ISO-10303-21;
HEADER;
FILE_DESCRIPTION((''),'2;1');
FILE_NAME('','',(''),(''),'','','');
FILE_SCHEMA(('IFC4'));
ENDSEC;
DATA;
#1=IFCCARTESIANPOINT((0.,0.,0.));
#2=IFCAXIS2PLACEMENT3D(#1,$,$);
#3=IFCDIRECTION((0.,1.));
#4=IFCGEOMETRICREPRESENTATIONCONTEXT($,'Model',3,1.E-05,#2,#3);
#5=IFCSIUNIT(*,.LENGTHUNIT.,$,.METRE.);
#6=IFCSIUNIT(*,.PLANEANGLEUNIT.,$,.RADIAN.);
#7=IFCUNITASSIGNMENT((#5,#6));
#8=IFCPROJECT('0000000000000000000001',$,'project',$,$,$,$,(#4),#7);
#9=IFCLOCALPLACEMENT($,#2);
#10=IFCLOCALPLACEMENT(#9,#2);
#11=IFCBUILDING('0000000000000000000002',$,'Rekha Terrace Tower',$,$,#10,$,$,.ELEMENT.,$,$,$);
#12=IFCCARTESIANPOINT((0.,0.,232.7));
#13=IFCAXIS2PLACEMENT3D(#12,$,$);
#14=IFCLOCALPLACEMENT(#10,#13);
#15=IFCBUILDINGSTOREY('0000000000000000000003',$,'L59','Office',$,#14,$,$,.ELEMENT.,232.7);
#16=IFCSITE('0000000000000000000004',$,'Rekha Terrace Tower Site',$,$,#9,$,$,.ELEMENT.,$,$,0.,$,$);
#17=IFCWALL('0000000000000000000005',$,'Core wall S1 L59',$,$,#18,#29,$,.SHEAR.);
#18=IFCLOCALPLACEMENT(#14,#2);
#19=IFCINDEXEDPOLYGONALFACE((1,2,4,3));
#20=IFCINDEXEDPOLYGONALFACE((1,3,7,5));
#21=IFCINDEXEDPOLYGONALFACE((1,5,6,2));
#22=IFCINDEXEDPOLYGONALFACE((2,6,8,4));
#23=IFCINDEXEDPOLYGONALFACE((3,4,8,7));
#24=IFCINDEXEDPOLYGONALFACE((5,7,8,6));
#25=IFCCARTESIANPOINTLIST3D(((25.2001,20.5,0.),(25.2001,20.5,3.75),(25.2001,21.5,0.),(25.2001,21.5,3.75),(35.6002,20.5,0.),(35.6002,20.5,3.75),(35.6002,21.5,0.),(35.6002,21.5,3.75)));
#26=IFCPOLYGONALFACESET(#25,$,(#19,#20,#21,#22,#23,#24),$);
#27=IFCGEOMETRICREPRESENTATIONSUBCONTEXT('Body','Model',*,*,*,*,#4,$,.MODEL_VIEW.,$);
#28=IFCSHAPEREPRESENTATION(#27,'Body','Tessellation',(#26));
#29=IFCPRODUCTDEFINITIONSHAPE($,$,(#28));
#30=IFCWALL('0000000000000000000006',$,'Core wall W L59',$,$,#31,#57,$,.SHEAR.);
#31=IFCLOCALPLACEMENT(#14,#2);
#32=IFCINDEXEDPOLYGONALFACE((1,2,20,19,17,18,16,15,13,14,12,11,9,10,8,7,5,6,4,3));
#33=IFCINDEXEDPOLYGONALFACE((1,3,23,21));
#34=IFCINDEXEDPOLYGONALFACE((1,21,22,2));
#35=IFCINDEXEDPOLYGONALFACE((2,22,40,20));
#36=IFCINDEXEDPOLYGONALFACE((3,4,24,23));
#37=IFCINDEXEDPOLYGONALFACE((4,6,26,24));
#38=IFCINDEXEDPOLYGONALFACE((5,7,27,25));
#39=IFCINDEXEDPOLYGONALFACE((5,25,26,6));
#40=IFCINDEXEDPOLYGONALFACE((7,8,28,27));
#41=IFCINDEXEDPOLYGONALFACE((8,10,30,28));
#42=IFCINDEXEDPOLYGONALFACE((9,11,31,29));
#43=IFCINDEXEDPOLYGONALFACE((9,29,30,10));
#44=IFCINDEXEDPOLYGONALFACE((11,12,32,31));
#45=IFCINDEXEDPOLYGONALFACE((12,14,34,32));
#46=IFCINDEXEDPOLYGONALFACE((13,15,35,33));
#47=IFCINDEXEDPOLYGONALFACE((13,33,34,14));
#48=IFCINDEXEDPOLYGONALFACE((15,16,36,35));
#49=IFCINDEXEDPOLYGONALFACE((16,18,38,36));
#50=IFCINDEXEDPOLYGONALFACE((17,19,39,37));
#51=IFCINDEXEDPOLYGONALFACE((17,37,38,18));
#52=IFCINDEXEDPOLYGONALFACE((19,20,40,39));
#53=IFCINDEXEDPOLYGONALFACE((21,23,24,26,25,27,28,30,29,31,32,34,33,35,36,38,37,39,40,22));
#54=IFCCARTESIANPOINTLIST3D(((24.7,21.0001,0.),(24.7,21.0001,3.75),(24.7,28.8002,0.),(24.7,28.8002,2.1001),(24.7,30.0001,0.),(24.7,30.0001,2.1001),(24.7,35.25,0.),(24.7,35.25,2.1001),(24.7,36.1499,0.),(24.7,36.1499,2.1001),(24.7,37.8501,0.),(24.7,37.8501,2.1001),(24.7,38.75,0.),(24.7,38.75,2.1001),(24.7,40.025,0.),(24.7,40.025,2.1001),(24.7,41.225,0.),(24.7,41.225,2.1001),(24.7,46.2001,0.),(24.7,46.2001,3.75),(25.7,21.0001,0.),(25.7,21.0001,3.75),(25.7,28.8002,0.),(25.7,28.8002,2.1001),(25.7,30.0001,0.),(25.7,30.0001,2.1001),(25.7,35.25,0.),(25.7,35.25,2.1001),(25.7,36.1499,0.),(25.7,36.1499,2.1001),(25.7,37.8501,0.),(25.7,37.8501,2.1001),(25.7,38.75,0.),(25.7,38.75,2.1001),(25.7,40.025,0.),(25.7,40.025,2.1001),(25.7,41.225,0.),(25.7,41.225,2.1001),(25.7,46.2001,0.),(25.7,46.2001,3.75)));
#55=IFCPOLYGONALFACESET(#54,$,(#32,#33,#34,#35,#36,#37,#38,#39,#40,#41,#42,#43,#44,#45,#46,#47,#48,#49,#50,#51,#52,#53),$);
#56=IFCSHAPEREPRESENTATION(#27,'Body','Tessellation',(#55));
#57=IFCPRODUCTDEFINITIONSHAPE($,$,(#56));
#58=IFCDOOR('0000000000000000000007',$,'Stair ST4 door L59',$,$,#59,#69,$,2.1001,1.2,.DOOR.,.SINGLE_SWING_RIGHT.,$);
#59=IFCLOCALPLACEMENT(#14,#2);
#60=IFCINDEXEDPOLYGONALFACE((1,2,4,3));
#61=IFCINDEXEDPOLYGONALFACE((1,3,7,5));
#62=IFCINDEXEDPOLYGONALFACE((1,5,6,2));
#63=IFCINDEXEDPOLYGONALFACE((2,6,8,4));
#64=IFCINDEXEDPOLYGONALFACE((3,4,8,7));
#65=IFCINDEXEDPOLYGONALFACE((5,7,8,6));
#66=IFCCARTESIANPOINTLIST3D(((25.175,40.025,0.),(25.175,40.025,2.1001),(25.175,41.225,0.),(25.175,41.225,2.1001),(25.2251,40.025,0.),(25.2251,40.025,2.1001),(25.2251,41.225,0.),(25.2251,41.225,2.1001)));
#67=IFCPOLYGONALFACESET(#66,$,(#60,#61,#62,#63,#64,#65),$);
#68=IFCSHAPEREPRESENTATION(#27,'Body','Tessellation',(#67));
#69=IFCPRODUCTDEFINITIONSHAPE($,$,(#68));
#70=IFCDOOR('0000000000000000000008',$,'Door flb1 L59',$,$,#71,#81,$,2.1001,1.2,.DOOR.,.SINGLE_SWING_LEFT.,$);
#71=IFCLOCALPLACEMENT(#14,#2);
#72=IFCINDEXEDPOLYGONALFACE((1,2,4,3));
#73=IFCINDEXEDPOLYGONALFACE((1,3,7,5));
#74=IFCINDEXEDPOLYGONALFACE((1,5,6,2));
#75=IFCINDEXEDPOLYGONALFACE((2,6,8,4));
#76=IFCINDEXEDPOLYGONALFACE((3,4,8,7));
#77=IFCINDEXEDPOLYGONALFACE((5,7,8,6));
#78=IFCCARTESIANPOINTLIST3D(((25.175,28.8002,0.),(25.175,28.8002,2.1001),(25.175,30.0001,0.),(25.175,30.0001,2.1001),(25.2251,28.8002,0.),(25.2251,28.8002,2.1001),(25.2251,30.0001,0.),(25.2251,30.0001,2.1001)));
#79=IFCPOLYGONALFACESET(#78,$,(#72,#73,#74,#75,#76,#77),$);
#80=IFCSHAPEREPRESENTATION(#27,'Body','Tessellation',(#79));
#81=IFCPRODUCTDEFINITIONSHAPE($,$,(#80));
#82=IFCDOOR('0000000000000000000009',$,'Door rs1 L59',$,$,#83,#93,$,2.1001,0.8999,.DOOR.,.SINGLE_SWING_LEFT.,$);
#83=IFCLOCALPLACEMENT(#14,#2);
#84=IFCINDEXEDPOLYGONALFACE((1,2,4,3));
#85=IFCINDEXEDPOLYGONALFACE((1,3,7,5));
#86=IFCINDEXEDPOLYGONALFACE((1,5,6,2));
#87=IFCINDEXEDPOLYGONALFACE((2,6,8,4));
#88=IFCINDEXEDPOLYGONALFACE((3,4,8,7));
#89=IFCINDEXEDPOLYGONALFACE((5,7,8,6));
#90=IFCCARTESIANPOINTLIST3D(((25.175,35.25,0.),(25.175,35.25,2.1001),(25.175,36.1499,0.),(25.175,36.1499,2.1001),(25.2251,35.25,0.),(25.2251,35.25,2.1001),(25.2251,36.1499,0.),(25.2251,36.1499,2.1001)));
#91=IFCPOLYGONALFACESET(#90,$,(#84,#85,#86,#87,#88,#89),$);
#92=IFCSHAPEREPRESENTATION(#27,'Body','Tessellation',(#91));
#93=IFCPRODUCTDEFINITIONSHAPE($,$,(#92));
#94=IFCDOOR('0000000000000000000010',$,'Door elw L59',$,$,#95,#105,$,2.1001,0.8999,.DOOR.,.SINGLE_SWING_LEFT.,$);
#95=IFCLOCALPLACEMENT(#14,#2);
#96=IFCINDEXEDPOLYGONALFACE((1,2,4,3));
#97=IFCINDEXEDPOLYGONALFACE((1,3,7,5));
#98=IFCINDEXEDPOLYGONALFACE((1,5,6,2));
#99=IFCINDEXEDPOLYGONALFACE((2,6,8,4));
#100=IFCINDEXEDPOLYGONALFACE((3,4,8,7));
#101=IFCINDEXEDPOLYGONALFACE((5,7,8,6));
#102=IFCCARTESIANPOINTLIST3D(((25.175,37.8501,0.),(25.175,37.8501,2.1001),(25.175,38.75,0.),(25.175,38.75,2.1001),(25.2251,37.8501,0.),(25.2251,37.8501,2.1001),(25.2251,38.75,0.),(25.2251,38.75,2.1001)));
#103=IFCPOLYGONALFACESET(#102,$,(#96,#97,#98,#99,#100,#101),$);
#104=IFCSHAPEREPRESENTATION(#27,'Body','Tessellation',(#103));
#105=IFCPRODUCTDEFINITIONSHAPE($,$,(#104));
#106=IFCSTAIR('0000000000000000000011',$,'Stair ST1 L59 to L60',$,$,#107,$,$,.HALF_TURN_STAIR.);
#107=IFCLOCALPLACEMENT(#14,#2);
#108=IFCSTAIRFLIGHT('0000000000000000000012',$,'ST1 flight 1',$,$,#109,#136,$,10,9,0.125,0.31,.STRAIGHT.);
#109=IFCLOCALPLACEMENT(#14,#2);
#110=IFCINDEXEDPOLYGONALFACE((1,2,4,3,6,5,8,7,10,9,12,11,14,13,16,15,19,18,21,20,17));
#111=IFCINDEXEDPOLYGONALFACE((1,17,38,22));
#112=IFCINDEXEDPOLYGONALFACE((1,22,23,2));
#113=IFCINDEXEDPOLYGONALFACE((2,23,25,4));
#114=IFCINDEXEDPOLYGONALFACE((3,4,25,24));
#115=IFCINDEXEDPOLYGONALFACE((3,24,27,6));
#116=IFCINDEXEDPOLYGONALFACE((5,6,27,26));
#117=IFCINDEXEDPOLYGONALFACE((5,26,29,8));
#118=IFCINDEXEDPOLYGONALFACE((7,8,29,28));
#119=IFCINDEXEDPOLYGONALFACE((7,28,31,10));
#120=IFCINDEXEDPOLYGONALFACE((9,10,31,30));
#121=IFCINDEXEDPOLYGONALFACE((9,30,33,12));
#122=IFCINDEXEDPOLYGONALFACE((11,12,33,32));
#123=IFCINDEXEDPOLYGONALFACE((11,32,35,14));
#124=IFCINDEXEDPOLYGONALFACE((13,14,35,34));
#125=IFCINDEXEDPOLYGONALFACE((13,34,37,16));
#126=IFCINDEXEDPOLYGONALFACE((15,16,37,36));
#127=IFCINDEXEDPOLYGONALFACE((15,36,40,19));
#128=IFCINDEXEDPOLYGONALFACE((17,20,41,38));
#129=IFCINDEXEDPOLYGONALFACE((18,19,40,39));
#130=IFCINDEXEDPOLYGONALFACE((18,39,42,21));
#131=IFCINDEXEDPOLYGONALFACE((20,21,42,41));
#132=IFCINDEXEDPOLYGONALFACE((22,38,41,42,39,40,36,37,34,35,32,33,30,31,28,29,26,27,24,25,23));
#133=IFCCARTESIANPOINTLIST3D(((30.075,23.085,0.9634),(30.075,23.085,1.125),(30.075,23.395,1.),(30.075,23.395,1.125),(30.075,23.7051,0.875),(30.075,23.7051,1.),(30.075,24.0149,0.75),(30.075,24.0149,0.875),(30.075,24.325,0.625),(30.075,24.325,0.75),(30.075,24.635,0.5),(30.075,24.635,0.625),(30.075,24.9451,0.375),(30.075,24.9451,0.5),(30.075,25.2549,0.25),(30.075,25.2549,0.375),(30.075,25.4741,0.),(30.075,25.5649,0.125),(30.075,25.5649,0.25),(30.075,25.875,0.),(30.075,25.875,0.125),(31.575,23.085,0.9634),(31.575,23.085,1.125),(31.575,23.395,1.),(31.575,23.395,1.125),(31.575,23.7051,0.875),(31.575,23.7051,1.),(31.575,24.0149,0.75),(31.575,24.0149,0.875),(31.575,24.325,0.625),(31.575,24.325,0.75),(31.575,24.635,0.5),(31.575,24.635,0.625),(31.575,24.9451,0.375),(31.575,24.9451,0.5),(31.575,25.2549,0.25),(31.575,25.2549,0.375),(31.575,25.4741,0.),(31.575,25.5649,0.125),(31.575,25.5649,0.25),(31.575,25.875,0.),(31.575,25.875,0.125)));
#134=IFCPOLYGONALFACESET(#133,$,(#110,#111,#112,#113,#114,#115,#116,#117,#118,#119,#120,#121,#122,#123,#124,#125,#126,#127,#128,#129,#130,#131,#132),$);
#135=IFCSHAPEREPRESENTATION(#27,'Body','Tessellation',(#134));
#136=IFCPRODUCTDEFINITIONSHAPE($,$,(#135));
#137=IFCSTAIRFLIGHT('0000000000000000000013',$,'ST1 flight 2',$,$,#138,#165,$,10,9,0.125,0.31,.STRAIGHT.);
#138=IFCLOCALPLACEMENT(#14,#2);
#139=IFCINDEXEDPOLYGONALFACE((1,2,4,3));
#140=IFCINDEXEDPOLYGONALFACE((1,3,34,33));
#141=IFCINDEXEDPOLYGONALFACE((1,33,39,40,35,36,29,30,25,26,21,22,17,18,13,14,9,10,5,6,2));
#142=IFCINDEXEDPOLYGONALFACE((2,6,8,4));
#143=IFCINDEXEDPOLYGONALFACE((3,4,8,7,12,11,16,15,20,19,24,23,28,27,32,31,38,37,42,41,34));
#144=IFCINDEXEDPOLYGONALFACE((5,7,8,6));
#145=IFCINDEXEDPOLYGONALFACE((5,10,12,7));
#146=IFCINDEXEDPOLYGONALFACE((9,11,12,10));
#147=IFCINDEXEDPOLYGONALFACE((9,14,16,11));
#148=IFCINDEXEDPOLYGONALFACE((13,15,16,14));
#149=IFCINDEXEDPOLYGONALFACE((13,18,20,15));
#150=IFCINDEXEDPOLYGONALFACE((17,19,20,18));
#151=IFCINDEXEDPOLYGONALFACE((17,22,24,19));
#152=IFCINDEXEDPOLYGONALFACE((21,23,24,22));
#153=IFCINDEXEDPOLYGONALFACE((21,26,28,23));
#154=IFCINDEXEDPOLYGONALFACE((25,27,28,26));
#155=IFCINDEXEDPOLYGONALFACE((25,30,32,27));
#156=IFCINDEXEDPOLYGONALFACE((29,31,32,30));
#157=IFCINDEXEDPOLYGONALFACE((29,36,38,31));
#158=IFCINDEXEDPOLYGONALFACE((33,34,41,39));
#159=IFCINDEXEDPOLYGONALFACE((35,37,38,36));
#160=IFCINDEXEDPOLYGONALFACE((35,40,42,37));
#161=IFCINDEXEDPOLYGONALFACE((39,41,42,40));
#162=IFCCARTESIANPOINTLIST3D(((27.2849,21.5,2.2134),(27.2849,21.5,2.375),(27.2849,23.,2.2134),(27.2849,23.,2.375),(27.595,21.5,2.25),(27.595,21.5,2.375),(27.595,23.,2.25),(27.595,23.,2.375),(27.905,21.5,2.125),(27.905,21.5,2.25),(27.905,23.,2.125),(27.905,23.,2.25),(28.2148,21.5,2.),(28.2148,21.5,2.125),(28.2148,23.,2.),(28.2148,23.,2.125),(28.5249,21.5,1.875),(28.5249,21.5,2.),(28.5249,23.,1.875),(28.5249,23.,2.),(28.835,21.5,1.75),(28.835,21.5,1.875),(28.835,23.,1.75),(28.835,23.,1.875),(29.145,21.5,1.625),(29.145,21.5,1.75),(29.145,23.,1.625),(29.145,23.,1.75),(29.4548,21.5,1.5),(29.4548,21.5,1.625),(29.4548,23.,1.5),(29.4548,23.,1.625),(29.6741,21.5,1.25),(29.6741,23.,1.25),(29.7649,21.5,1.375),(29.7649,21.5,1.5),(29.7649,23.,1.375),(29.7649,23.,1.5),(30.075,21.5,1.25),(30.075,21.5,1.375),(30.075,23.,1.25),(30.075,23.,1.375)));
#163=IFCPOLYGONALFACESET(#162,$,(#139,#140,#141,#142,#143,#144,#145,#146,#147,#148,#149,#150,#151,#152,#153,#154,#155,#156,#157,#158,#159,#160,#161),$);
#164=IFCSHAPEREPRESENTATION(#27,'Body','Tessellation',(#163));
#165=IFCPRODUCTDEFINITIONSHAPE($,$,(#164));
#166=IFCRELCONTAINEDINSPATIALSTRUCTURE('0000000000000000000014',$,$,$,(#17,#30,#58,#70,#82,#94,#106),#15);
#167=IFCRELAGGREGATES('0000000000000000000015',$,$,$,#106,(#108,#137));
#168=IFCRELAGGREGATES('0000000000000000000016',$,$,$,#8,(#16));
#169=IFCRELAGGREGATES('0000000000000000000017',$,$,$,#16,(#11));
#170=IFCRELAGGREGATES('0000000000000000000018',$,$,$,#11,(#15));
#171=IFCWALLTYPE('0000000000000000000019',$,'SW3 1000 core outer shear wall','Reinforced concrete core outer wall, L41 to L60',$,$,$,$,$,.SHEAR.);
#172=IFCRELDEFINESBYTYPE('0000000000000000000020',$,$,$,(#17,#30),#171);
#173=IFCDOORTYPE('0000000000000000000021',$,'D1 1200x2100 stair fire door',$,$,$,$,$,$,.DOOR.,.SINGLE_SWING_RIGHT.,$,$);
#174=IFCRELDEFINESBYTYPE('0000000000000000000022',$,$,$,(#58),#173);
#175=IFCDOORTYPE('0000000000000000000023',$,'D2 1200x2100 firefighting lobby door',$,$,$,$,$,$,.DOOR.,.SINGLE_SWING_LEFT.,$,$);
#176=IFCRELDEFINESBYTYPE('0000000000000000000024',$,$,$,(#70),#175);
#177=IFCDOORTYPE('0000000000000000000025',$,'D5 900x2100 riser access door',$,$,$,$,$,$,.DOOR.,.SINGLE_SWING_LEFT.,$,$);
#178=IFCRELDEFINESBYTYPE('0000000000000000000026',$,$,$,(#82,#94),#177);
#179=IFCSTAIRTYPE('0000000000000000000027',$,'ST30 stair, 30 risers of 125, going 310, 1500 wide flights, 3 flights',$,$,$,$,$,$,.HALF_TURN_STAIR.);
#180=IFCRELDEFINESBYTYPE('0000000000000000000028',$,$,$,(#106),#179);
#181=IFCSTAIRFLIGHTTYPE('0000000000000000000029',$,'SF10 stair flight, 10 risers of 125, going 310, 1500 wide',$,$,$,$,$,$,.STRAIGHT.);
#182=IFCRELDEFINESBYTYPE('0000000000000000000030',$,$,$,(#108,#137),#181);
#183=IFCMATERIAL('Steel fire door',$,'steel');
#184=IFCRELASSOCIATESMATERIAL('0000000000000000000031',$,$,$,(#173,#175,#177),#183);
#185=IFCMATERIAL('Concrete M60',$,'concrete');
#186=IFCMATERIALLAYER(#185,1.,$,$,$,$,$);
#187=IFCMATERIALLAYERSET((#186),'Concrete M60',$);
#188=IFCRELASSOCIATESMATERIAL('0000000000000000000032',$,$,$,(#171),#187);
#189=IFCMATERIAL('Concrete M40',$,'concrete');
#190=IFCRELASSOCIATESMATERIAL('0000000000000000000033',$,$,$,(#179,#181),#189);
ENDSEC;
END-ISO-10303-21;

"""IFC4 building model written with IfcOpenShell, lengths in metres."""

from ifc_helpers import new_model, si_unit, direction, frame, frame_2d, origin, place, context, subcontext, project, spatial, polyline, rectangle, outline, extrude, material, layer, layer_set, type_object, element, fill, aggregate, save


model = new_model("IFC4")

# Units and contexts
model_context = context("Model", 3, precision=1e-05, world=origin(), true_north=direction((0.0, 1.0)))
body_context = subcontext(model_context, "Body", "Model", "MODEL_VIEW")
ifc_project = project(units=[si_unit("LENGTHUNIT", "METRE"), si_unit("PLANEANGLEUNIT", "RADIAN")], contexts=[model_context])

# Site, building, storey
site_placement = place(None, origin())
site = spatial("IfcSite", under=ifc_project, at=site_placement, Name="Rekha Terrace Tower Site", CompositionType="ELEMENT", RefElevation=0.0)
building_placement = place(site_placement, origin())
building = spatial("IfcBuilding", under=site, at=building_placement, Name="Rekha Terrace Tower", CompositionType="ELEMENT")
storey_placement = place(building_placement, frame((0.0, 0.0, 232.7)))
storey = spatial("IfcBuildingStorey", under=building, at=storey_placement, Name="L59", Description="Office", CompositionType="ELEMENT", Elevation=232.7)

# Shared definitions
ifc_material_1 = material(Name="Concrete M60", Category="concrete")

# Shared definitions
ifc_material_2 = material(Name="Steel fire door", Category="steel")
door_type_1 = type_object("IfcDoorType", Name="D1 1200x2100 stair fire door", OperationType="SINGLE_SWING_RIGHT", PredefinedType="DOOR", material=ifc_material_2)

# Wall
ifc_layer_1 = layer(ifc_material_1, 1.0)
ifc_layer_set_1 = layer_set([ifc_layer_1], Name="Concrete M60")
wall_type_1 = type_object("IfcWallType", Name="SW3 1000 core outer shear wall", Description="Reinforced concrete core outer wall, L41 to L60", PredefinedType="SHEAR", material=ifc_layer_set_1)
wall_1_placement = place(storey_placement, frame((25.2, 21.0, 0.0), z_axis=(0.0, 0.0, 1.0), x_axis=(1.0, 0.0, 0.0)))
element("IfcWall", 1, at=wall_1_placement, inside=storey, type_object=wall_type_1, Name="Core wall S1 L59", PredefinedType="SHEAR", context=body_context, shape_type="SweptSolid", body=[
    extrude(rectangle(XDim=10.4001, YDim=1.0, at=frame_2d((5.2002, 0.0))), origin(), (0.0, 0.0, 1.0), 3.75),
])

# Wall, openings, doors
wall_2_placement = place(storey_placement, frame((25.2, 21.0, 0.0), z_axis=(0.0, 0.0, 1.0), x_axis=(0.0, 1.0, 0.0)))
wall_2 = element("IfcWall", 2, at=wall_2_placement, inside=storey, type_object=wall_type_1, Name="Core wall W L59", PredefinedType="SHEAR", context=body_context, shape_type="SweptSolid", body=[
    extrude(rectangle(XDim=25.2, YDim=1.0, at=frame_2d((12.6001, 0.0))), origin(), (0.0, 0.0, 1.0), 3.75),
])
opening_1_placement = place(wall_2_placement, frame((7.8, 0.0, 0.0)))
opening_1 = element("IfcOpeningElement", 3, at=opening_1_placement, cuts=wall_2, PredefinedType="OPENING", context=body_context, shape_type="SweptSolid", body=[
    extrude(rectangle(XDim=1.2, YDim=2.1001, at=frame_2d((0.6001, 1.05))), frame((0.0, 0.51, 0.0), z_axis=(0.0, -1.0, 0.0), x_axis=(1.0, 0.0, 0.0)), (0.0, 0.0, 1.0), 1.02),
])
opening_2_placement = place(wall_2_placement, frame((14.25, 0.0, 0.0)))
opening_2 = element("IfcOpeningElement", 4, at=opening_2_placement, cuts=wall_2, PredefinedType="OPENING", context=body_context, shape_type="SweptSolid", body=[
    extrude(rectangle(XDim=0.8999, YDim=2.1001, at=frame_2d((0.45, 1.05))), frame((0.0, 0.51, 0.0), z_axis=(0.0, -1.0, 0.0), x_axis=(1.0, 0.0, 0.0)), (0.0, 0.0, 1.0), 1.02),
])
opening_3_placement = place(wall_2_placement, frame((16.8501, 0.0, 0.0)))
opening_3 = element("IfcOpeningElement", 5, at=opening_3_placement, cuts=wall_2, PredefinedType="OPENING", context=body_context, shape_type="SweptSolid", body=[
    extrude(rectangle(XDim=0.8999, YDim=2.1001, at=frame_2d((0.45, 1.05))), frame((0.0, 0.51, 0.0), z_axis=(0.0, -1.0, 0.0), x_axis=(1.0, 0.0, 0.0)), (0.0, 0.0, 1.0), 1.02),
])
opening_4_placement = place(wall_2_placement, frame((19.0249, 0.0, 0.0)))
opening_4 = element("IfcOpeningElement", 6, at=opening_4_placement, cuts=wall_2, PredefinedType="OPENING", context=body_context, shape_type="SweptSolid", body=[
    extrude(rectangle(XDim=1.2, YDim=2.1001, at=frame_2d((0.6001, 1.05))), frame((0.0, 0.51, 0.0), z_axis=(0.0, -1.0, 0.0), x_axis=(1.0, 0.0, 0.0)), (0.0, 0.0, 1.0), 1.02),
])
door_1_placement = place(opening_4_placement, origin())
door_1 = element("IfcDoor", 7, at=door_1_placement, inside=storey, type_object=door_type_1, Name="Stair ST4 door L59", OperationType="SINGLE_SWING_RIGHT", OverallHeight=2.1001, OverallWidth=1.2, PredefinedType="DOOR", context=body_context, shape_type="SweptSolid", body=[
    extrude(rectangle(XDim=1.2, YDim=2.1001, at=frame_2d((0.6001, 1.05))), frame((0.0, 0.0249, 0.0), z_axis=(0.0, -1.0, 0.0), x_axis=(1.0, 0.0, 0.0)), (0.0, 0.0, 1.0), 0.05),
])
fill(opening_4, door_1)
door_type_2 = type_object("IfcDoorType", Name="D2 1200x2100 firefighting lobby door", OperationType="SINGLE_SWING_LEFT", PredefinedType="DOOR", material=ifc_material_2)
door_2_placement = place(opening_1_placement, origin())
door_2 = element("IfcDoor", 8, at=door_2_placement, inside=storey, type_object=door_type_2, Name="Door flb1 L59", OperationType="SINGLE_SWING_LEFT", OverallHeight=2.1001, OverallWidth=1.2, PredefinedType="DOOR", context=body_context, shape_type="SweptSolid", body=[
    extrude(rectangle(XDim=1.2, YDim=2.1001, at=frame_2d((0.6001, 1.05))), frame((0.0, 0.0249, 0.0), z_axis=(0.0, -1.0, 0.0), x_axis=(1.0, 0.0, 0.0)), (0.0, 0.0, 1.0), 0.05),
])
fill(opening_1, door_2)
door_type_3 = type_object("IfcDoorType", Name="D5 900x2100 riser access door", OperationType="SINGLE_SWING_LEFT", PredefinedType="DOOR", material=ifc_material_2)
door_3_placement = place(opening_2_placement, origin())
door_3 = element("IfcDoor", 9, at=door_3_placement, inside=storey, type_object=door_type_3, Name="Door rs1 L59", OperationType="SINGLE_SWING_LEFT", OverallHeight=2.1001, OverallWidth=0.8999, PredefinedType="DOOR", context=body_context, shape_type="SweptSolid", body=[
    extrude(rectangle(XDim=0.8999, YDim=2.1001, at=frame_2d((0.45, 1.05))), frame((0.0, 0.0249, 0.0), z_axis=(0.0, -1.0, 0.0), x_axis=(1.0, 0.0, 0.0)), (0.0, 0.0, 1.0), 0.05),
])
fill(opening_2, door_3)
door_4_placement = place(opening_3_placement, origin())
door_4 = element("IfcDoor", 10, at=door_4_placement, inside=storey, type_object=door_type_3, Name="Door elw L59", OperationType="SINGLE_SWING_LEFT", OverallHeight=2.1001, OverallWidth=0.8999, PredefinedType="DOOR", context=body_context, shape_type="SweptSolid", body=[
    extrude(rectangle(XDim=0.8999, YDim=2.1001, at=frame_2d((0.45, 1.05))), frame((0.0, 0.0249, 0.0), z_axis=(0.0, -1.0, 0.0), x_axis=(1.0, 0.0, 0.0)), (0.0, 0.0, 1.0), 0.05),
])
fill(opening_3, door_4)

# Stair, stair flights
ifc_material_3 = material(Name="Concrete M40", Category="concrete")
stair_type = type_object("IfcStairType", Name="ST30 stair, 30 risers of 125, going 310, 1500 wide flights, 3 flights", PredefinedType="HALF_TURN_STAIR", material=ifc_material_3)
stair_placement = place(storey_placement, origin())
stair = element("IfcStair", 11, at=stair_placement, inside=storey, type_object=stair_type, Name="Stair ST1 L59 to L60", PredefinedType="HALF_TURN_STAIR")
stair_flight_type = type_object("IfcStairFlightType", Name="SF10 stair flight, 10 risers of 125, going 310, 1500 wide", PredefinedType="STRAIGHT", material=ifc_material_3)
stair_flight_1_placement = place(storey_placement, frame((30.825, 25.875, 0.0), z_axis=(0.0, 0.0, 1.0), x_axis=(0.0, -1.0, 0.0)))
stair_flight_1 = element("IfcStairFlight", 12, at=stair_flight_1_placement, type_object=stair_flight_type, Name="ST1 flight 1", NumberOfRisers=10, NumberOfTreads=9, PredefinedType="STRAIGHT", RiserHeight=0.125, TreadLength=0.31, context=body_context, shape_type="SweptSolid", body=[
    extrude(outline(polyline([(0.0, 0.0), (0.0, 0.125), (0.3101, 0.125), (0.3101, 0.25), (0.6201, 0.25), (0.6201, 0.375), (0.9299, 0.375), (0.9299, 0.5), (1.24, 0.5), (1.24, 0.625), (1.55, 0.625), (1.55, 0.75), (1.8601, 0.75), (1.8601, 0.875), (2.1699, 0.875), (2.1699, 1.0), (2.48, 1.0), (2.48, 1.125), (2.79, 1.125), (2.79, 1.25), (2.79, 0.9634), (0.4009, 0.0), (0.0, 0.0)])), frame((0.0, 0.75, 0.0), z_axis=(0.0, -1.0, 0.0), x_axis=(1.0, 0.0, 0.0)), (0.0, 0.0, 1.0), 1.5),
])
stair_flight_2_placement = place(storey_placement, frame((30.075, 22.25, 1.25), z_axis=(0.0, 0.0, 1.0), x_axis=(-1.0, 0.0, 0.0)))
stair_flight_2 = element("IfcStairFlight", 13, at=stair_flight_2_placement, type_object=stair_flight_type, Name="ST1 flight 2", NumberOfRisers=10, NumberOfTreads=9, PredefinedType="STRAIGHT", RiserHeight=0.125, TreadLength=0.31, context=body_context, shape_type="SweptSolid", body=[
    extrude(outline(polyline([(0.0, 0.0), (0.0, 0.125), (0.3101, 0.125), (0.3101, 0.25), (0.6201, 0.25), (0.6201, 0.375), (0.9299, 0.375), (0.9299, 0.5), (1.24, 0.5), (1.24, 0.625), (1.55, 0.625), (1.55, 0.75), (1.8601, 0.75), (1.8601, 0.875), (2.1699, 0.875), (2.1699, 1.0), (2.48, 1.0), (2.48, 1.125), (2.79, 1.125), (2.79, 1.25), (2.79, 0.9634), (0.4009, 0.0), (0.0, 0.0)])), frame((0.0, 0.75, 0.0), z_axis=(0.0, -1.0, 0.0), x_axis=(1.0, 0.0, 0.0)), (0.0, 0.0, 1.0), 1.5),
])
aggregate(stair, [stair_flight_1, stair_flight_2])

save(model, "model.ifc")
